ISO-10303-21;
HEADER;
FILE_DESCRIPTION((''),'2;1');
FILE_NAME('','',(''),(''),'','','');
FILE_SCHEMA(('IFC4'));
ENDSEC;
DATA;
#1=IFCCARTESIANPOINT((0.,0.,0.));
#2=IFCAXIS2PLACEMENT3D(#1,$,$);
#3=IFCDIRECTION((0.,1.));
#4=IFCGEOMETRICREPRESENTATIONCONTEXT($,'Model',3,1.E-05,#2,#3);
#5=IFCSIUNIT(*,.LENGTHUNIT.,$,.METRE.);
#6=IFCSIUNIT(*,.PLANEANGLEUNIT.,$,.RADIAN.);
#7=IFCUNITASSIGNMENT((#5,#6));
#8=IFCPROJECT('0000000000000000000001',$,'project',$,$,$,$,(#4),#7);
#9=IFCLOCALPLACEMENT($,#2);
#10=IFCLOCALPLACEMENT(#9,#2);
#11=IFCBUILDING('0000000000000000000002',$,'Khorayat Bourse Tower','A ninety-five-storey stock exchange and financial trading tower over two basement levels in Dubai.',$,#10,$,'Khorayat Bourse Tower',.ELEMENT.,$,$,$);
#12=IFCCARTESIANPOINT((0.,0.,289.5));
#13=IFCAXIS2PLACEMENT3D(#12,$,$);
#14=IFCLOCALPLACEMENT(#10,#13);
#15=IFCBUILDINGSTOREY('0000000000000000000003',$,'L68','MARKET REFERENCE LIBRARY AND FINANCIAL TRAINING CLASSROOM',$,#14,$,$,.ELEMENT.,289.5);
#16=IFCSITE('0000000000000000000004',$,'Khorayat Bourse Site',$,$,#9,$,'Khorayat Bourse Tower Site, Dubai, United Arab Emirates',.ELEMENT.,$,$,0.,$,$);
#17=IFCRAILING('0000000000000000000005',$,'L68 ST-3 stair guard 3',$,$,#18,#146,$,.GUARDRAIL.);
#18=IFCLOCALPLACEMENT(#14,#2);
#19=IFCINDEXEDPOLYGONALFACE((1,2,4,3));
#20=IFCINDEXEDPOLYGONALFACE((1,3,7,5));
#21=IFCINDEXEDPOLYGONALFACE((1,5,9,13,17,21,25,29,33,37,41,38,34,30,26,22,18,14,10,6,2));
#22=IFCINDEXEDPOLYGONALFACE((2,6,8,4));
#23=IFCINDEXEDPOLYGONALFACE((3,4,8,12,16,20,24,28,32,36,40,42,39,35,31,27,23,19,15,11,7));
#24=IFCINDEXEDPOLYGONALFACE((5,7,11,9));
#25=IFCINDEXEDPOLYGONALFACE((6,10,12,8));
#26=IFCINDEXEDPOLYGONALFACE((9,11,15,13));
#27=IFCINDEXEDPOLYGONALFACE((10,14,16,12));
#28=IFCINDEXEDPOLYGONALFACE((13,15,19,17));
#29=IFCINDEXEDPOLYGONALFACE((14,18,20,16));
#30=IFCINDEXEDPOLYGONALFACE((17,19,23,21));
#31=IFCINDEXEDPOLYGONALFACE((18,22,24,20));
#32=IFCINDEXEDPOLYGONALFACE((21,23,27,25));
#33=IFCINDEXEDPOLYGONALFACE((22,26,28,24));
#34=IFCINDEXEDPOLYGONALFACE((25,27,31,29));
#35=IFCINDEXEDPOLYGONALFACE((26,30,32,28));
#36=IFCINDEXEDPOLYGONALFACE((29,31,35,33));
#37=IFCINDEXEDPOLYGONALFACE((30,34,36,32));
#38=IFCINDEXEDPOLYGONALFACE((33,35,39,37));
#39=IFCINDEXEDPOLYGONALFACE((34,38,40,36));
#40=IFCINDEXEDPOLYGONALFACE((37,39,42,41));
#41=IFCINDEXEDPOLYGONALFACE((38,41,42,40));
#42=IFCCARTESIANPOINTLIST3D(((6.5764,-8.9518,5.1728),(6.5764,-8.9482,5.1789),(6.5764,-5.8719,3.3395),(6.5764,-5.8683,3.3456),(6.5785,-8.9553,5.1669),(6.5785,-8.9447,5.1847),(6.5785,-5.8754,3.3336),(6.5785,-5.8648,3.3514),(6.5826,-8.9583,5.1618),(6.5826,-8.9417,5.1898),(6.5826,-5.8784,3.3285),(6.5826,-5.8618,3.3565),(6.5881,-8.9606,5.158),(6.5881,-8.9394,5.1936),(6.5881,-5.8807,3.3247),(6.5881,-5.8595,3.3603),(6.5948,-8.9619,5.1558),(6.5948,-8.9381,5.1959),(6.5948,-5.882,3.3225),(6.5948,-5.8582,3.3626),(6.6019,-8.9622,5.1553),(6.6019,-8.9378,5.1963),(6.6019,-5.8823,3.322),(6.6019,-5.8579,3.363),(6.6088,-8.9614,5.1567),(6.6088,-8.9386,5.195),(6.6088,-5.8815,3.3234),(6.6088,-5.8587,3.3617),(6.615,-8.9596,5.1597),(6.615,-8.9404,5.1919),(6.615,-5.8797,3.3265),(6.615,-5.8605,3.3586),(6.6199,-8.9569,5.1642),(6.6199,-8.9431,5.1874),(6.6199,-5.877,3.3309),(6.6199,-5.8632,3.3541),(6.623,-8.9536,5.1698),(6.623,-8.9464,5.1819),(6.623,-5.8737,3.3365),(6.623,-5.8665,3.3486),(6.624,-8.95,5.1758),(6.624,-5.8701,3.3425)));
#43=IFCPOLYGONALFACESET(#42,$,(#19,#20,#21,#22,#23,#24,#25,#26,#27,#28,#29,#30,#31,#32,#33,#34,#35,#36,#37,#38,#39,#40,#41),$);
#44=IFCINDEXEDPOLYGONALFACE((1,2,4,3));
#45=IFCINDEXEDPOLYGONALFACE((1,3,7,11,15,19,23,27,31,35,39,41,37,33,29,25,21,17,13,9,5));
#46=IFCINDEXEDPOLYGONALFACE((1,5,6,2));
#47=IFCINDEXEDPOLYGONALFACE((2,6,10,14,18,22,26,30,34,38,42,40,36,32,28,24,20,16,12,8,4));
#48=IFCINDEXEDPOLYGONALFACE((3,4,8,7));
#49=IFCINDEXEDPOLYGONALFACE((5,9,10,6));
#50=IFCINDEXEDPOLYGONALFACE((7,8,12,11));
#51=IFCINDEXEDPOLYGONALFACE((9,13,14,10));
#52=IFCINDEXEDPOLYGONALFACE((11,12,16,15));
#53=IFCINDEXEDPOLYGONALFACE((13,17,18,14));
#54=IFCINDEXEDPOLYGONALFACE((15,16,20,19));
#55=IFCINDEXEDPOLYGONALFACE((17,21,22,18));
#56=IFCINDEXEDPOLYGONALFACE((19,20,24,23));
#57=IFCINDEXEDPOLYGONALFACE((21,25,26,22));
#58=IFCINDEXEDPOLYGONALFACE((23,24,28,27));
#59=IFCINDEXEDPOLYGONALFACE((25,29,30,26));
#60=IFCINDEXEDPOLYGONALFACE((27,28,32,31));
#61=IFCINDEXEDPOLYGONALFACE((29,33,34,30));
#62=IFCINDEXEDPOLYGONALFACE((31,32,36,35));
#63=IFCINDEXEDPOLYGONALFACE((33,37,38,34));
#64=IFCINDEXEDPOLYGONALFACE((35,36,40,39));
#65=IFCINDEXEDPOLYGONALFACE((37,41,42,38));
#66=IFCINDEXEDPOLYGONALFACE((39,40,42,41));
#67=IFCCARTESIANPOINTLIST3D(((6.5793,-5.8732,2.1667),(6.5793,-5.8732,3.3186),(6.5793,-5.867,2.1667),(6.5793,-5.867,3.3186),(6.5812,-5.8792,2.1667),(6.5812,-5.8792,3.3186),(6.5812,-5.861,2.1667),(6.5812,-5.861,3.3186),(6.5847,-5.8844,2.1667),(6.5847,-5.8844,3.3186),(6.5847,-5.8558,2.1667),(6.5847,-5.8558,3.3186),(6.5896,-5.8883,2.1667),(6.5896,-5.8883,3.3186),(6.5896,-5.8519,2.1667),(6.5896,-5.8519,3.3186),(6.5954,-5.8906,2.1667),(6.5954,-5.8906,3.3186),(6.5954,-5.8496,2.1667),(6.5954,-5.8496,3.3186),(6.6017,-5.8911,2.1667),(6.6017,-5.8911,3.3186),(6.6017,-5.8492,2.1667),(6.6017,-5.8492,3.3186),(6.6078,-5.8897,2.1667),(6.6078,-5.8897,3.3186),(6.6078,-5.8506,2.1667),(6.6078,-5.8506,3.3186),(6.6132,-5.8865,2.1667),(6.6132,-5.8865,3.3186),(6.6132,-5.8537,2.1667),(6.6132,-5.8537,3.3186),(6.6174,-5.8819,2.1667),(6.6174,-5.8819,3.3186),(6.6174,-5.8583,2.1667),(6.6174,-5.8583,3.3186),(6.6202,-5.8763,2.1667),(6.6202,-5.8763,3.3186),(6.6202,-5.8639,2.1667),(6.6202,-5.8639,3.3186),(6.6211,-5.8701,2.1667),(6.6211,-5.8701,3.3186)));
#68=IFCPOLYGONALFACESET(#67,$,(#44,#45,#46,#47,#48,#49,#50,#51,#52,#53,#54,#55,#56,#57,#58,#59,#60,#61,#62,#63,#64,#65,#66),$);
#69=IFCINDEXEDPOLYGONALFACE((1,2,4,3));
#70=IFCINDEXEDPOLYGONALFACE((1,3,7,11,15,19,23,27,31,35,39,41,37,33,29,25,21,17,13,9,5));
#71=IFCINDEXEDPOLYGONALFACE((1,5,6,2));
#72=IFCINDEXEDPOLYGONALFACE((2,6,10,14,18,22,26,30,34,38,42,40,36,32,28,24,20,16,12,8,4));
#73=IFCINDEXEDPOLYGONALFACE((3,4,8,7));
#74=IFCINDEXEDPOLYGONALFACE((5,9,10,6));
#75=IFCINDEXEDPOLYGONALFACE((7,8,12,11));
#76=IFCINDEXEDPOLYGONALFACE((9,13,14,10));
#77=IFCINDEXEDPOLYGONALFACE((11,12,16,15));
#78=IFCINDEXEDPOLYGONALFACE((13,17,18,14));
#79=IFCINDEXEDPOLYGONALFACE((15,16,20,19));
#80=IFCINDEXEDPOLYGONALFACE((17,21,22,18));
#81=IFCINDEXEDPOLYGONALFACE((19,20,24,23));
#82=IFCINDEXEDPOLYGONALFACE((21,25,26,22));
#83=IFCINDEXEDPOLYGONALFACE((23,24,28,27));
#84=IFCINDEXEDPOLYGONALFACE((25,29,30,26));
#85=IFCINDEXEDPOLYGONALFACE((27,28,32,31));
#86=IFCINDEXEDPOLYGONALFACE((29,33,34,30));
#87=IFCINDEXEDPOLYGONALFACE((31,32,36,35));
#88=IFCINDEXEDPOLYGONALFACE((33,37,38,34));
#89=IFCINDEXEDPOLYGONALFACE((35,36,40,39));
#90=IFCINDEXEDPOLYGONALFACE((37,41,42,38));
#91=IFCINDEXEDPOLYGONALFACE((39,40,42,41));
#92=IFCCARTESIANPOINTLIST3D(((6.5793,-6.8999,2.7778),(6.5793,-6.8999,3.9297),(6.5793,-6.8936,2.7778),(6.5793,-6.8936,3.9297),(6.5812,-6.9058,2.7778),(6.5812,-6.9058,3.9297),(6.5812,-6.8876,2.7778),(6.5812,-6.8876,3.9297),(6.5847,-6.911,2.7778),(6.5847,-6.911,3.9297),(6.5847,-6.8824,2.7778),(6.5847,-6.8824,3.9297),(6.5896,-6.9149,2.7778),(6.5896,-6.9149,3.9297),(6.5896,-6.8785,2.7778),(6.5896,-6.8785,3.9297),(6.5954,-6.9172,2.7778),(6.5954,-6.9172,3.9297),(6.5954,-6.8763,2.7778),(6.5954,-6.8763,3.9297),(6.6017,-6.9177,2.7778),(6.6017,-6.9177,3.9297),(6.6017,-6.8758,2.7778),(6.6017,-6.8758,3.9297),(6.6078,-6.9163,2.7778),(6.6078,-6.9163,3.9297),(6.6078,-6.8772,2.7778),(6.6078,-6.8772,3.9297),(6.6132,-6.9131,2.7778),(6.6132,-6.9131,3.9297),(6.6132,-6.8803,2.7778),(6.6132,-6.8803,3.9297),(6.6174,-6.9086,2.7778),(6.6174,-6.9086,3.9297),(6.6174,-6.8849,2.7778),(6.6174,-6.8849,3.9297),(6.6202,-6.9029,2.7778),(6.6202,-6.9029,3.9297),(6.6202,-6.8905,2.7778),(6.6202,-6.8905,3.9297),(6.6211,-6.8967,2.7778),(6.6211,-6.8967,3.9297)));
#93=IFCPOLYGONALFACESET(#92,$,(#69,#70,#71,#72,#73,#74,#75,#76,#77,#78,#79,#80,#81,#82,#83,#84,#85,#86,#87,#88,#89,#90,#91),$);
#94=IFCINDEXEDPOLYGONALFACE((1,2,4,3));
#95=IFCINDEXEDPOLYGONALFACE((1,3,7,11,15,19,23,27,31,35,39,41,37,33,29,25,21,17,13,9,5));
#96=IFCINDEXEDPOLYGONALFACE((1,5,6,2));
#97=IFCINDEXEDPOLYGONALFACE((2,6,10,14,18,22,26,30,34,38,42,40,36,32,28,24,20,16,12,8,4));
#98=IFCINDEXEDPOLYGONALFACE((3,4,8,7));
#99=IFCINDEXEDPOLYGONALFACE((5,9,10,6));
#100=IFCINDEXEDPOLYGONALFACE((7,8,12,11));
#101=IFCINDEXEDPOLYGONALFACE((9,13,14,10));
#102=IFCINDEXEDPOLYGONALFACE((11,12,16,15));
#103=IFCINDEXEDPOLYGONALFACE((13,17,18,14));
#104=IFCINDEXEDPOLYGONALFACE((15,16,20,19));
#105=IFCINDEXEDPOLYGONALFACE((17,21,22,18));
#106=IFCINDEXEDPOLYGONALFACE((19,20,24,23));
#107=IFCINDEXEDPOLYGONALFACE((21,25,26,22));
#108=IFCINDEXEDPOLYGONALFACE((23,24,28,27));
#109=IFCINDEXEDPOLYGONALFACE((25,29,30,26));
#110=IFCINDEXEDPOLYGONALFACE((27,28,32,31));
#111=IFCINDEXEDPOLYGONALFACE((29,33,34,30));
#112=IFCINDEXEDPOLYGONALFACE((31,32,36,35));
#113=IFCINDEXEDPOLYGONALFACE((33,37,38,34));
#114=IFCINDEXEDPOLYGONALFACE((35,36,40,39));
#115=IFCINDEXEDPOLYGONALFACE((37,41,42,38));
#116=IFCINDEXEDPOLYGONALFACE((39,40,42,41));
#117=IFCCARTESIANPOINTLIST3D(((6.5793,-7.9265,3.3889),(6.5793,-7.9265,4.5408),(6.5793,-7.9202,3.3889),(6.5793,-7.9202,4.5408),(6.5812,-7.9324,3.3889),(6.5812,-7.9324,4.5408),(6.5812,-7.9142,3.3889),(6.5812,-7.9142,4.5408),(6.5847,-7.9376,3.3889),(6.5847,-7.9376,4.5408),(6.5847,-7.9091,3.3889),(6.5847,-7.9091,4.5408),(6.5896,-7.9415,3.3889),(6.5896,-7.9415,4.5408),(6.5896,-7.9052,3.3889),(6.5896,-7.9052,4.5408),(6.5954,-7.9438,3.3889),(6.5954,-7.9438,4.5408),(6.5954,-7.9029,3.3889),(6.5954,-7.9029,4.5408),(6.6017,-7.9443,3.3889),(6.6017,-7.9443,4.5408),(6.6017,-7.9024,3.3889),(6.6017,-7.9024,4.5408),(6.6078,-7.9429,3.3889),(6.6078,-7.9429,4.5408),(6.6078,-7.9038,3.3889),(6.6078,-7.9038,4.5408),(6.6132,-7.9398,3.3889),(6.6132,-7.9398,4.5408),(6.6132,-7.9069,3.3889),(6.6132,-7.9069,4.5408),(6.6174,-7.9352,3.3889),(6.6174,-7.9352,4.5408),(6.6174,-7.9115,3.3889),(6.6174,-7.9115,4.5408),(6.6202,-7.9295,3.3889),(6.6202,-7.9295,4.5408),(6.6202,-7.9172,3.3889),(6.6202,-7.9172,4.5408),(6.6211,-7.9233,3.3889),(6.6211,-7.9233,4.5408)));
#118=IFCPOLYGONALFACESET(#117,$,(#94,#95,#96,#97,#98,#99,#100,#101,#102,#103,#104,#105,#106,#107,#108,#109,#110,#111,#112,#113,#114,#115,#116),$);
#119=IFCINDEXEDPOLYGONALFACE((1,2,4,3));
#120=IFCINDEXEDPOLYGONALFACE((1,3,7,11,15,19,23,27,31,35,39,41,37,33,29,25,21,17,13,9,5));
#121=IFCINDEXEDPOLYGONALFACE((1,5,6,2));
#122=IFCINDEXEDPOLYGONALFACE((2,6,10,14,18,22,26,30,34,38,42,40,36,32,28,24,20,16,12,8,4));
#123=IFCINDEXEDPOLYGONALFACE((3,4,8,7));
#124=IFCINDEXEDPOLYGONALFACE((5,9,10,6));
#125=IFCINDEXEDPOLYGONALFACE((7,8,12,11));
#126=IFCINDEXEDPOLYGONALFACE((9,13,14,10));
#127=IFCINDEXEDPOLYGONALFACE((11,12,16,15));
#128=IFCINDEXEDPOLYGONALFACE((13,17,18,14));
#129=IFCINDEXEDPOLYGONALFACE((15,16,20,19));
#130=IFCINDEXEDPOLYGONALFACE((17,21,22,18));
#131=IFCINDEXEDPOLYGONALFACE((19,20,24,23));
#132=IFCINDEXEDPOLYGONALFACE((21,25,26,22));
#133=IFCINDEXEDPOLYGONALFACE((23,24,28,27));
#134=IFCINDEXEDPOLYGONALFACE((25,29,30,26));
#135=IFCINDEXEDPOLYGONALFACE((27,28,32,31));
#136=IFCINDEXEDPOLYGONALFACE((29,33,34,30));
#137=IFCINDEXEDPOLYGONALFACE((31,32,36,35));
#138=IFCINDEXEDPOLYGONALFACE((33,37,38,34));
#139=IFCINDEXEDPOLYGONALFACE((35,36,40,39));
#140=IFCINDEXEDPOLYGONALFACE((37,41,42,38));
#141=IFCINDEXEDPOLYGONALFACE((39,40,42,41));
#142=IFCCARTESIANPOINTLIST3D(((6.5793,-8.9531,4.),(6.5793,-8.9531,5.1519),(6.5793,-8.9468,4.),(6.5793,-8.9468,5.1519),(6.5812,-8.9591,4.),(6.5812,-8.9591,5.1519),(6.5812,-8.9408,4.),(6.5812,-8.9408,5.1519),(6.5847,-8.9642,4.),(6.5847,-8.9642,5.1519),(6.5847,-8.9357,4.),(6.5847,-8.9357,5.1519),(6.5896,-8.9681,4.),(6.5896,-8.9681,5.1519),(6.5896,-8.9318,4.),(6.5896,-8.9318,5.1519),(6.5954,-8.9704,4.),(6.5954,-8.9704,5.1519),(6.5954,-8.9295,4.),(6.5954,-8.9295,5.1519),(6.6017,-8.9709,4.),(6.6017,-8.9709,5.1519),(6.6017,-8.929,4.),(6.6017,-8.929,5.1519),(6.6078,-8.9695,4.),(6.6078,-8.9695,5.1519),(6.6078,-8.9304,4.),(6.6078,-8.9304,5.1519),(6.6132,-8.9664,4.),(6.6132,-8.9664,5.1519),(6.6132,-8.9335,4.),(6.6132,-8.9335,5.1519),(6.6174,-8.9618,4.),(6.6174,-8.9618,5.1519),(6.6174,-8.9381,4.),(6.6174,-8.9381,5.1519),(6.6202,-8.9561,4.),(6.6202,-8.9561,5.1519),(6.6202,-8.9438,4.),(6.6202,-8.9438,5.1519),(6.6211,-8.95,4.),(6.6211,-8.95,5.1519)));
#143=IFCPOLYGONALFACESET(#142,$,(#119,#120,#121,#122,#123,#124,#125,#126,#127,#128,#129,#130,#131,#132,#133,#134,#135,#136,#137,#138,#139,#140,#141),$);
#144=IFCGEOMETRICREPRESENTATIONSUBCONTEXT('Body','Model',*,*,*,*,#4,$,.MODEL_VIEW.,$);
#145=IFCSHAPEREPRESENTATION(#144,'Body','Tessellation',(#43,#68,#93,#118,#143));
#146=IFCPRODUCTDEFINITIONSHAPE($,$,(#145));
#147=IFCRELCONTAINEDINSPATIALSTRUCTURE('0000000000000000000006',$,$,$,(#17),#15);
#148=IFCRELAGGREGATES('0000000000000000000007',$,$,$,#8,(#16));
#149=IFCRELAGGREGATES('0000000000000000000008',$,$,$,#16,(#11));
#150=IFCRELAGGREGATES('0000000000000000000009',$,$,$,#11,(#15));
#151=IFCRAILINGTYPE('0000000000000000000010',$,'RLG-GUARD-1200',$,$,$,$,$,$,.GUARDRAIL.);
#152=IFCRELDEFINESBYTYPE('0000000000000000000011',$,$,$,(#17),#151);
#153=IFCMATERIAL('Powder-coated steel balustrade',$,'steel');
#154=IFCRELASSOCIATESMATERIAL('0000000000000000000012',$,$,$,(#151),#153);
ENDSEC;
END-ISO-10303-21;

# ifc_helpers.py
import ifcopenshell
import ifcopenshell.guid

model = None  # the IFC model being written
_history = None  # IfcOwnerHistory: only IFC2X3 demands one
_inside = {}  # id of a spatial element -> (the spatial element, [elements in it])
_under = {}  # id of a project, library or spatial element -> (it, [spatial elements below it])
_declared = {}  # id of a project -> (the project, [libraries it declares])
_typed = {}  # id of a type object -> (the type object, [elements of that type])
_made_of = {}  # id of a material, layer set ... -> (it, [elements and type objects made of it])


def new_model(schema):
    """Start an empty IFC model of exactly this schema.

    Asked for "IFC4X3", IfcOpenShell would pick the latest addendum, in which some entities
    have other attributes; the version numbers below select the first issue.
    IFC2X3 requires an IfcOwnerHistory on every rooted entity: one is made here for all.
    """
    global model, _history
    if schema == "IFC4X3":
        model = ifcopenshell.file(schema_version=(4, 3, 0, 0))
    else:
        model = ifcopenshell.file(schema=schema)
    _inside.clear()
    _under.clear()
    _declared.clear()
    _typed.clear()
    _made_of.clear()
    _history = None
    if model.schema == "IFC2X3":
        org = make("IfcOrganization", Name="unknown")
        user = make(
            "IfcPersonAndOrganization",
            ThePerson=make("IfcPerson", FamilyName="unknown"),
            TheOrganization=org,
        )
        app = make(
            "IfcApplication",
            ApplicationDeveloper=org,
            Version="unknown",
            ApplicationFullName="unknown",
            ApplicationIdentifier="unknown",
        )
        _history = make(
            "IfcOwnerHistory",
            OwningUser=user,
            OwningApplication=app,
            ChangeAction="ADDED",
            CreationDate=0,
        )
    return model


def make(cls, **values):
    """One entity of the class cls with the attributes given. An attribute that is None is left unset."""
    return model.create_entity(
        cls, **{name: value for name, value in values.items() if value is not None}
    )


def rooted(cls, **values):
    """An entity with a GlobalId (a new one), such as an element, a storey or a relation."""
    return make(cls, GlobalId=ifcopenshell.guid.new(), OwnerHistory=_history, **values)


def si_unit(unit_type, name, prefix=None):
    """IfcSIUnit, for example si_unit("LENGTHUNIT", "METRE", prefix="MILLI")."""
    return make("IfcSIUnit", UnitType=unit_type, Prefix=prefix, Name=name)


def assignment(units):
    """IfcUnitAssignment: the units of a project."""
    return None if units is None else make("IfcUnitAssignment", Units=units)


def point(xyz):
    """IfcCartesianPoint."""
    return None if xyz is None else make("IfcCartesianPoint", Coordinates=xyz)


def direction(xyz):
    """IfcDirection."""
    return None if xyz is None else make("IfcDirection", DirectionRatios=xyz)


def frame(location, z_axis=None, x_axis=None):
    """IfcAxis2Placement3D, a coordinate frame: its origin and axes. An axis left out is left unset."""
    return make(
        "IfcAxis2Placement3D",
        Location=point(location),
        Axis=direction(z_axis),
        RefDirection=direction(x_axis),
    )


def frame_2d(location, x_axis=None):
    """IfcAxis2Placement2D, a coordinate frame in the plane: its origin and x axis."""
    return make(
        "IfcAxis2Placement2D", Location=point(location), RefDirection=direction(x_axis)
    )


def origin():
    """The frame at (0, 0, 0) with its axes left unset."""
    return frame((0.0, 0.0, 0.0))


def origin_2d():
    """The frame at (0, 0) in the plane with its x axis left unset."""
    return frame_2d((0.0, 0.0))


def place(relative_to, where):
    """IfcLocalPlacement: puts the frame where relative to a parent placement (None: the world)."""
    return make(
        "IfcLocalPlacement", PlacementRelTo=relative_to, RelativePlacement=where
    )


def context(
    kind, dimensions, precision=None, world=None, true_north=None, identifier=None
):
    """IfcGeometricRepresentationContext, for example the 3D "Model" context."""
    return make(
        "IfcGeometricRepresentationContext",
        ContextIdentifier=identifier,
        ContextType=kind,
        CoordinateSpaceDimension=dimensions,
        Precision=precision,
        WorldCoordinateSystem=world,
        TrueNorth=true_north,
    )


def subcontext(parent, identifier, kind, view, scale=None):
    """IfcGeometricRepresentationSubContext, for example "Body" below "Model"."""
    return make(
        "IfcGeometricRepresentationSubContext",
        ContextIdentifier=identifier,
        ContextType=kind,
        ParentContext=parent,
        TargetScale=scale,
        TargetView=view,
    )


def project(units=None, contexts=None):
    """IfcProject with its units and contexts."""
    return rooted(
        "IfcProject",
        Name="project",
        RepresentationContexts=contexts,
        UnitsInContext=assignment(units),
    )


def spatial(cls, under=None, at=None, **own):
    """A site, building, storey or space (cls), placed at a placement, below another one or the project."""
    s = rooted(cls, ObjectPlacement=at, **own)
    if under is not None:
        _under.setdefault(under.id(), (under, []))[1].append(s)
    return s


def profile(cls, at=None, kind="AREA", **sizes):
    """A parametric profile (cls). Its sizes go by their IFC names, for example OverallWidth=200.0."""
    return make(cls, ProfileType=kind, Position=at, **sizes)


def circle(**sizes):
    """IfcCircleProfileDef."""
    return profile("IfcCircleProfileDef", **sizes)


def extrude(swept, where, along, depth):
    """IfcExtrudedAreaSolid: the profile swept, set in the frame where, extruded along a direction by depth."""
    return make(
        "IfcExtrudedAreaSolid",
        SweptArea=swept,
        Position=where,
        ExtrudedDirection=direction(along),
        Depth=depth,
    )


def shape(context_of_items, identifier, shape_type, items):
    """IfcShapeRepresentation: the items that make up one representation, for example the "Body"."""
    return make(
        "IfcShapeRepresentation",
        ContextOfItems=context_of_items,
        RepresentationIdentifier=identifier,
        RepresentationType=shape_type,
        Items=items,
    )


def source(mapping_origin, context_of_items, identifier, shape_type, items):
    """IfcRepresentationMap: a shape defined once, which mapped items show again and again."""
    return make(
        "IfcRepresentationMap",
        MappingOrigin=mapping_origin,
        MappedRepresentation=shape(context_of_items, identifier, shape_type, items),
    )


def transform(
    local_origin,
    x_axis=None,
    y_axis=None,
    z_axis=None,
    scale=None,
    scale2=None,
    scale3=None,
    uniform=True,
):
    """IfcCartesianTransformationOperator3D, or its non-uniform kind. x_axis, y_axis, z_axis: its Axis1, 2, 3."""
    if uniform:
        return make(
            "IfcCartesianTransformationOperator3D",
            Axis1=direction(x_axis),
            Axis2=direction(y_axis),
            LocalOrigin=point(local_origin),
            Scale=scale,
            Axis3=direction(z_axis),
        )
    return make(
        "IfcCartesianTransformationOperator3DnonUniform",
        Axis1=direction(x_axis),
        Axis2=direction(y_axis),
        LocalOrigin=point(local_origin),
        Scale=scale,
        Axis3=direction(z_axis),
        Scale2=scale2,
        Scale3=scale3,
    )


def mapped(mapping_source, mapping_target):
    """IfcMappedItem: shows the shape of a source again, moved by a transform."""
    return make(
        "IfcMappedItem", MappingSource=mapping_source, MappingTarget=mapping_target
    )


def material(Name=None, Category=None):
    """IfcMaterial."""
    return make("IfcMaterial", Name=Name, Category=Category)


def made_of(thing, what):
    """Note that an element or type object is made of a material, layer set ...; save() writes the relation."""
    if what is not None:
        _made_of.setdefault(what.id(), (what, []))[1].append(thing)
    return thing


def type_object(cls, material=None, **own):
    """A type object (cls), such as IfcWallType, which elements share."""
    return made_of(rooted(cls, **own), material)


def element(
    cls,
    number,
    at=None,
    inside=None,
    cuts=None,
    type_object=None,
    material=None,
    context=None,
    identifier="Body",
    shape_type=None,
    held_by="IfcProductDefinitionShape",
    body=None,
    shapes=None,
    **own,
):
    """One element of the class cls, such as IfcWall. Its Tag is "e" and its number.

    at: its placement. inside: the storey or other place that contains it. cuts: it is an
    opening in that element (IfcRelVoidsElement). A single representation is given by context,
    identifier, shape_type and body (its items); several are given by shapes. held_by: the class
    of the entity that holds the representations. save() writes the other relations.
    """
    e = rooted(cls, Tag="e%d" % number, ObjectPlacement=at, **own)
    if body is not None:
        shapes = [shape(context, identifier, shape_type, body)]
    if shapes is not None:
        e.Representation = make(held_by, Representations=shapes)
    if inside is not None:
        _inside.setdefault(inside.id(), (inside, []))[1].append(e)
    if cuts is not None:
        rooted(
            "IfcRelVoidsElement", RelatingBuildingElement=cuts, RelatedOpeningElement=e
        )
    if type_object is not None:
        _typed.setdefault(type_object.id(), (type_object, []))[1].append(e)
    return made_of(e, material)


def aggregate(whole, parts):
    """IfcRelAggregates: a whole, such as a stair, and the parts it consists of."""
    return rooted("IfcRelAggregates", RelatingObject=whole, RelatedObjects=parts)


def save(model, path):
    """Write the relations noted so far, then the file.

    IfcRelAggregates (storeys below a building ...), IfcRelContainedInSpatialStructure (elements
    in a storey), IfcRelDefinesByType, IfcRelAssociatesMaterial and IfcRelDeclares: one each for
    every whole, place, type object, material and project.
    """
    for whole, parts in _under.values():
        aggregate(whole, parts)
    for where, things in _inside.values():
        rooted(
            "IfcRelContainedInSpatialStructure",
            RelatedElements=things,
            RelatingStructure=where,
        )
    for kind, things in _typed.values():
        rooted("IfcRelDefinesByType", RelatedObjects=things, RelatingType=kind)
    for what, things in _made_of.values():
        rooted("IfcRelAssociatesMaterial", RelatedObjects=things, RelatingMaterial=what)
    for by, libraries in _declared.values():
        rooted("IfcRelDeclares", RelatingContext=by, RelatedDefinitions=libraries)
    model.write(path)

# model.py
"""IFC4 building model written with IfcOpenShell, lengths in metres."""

from ifc_helpers import new_model, si_unit, direction, frame, origin, origin_2d, place, context, subcontext, project, spatial, circle, extrude, source, transform, mapped, material, type_object, element, save


model = new_model("IFC4")

# Units and contexts
model_context = context("Model", 3, precision=1e-05, world=origin(), true_north=direction((0.0, 1.0)))
body_context = subcontext(model_context, "Body", "Model", "MODEL_VIEW")
ifc_project = project(units=[si_unit("LENGTHUNIT", "METRE"), si_unit("PLANEANGLEUNIT", "RADIAN")], contexts=[model_context])

# Site, building, storey
site_placement = place(None, origin())
site = spatial("IfcSite", under=ifc_project, at=site_placement, Name="Khorayat Bourse Site", LongName="Khorayat Bourse Tower Site, Dubai, United Arab Emirates", CompositionType="ELEMENT", RefElevation=0.0)
building_placement = place(site_placement, origin())
building = spatial("IfcBuilding", under=site, at=building_placement, Name="Khorayat Bourse Tower", Description="A ninety-five-storey stock exchange and financial trading tower over two basement levels in Dubai.", LongName="Khorayat Bourse Tower", CompositionType="ELEMENT")
storey_placement = place(building_placement, frame((0.0, 0.0, 289.5)))
storey = spatial("IfcBuildingStorey", under=building, at=storey_placement, Name="L68", Description="MARKET REFERENCE LIBRARY AND FINANCIAL TRAINING CLASSROOM", CompositionType="ELEMENT", Elevation=289.5)

# Railing
ifc_material_1 = material(Name="Powder-coated steel balustrade", Category="steel")
railing_type_1 = type_object("IfcRailingType", Name="RLG-GUARD-1200", PredefinedType="GUARDRAIL", material=ifc_material_1)
shared_shape_1 = source(origin(), body_context, "Body", "SweptSolid", [
    extrude(circle(Radius=0.0239, at=origin_2d()), frame((0.0, 0.0, 1.1758), z_axis=(0.0, -0.859291, 0.511487), x_axis=(1.0, 0.0, 0.0)), (0.0, 0.0, 1.0), 3.5842),
    extrude(circle(Radius=0.021, at=origin_2d()), origin(), (0.0, 0.0, 1.0), 1.1519),
    extrude(circle(Radius=0.021, at=origin_2d()), frame((0.0, -1.0266, 0.6111)), (0.0, 0.0, 1.0), 1.1519),
    extrude(circle(Radius=0.021, at=origin_2d()), frame((0.0, -2.0532, 1.2222)), (0.0, 0.0, 1.0), 1.1519),
    extrude(circle(Radius=0.021, at=origin_2d()), frame((0.0, -3.0798, 1.8333)), (0.0, 0.0, 1.0), 1.1519),
])
railing_1_placement = place(storey_placement, frame((6.6001, -5.8701, 2.1667)))
element("IfcRailing", 1, at=railing_1_placement, inside=storey, type_object=railing_type_1, Name="L68 ST-3 stair guard 3", PredefinedType="GUARDRAIL", context=body_context, shape_type="MappedRepresentation", body=[
    mapped(shared_shape_1, transform((0.0, 0.0, 0.0), scale=1.0)),
])

save(model, "model.ifc")
